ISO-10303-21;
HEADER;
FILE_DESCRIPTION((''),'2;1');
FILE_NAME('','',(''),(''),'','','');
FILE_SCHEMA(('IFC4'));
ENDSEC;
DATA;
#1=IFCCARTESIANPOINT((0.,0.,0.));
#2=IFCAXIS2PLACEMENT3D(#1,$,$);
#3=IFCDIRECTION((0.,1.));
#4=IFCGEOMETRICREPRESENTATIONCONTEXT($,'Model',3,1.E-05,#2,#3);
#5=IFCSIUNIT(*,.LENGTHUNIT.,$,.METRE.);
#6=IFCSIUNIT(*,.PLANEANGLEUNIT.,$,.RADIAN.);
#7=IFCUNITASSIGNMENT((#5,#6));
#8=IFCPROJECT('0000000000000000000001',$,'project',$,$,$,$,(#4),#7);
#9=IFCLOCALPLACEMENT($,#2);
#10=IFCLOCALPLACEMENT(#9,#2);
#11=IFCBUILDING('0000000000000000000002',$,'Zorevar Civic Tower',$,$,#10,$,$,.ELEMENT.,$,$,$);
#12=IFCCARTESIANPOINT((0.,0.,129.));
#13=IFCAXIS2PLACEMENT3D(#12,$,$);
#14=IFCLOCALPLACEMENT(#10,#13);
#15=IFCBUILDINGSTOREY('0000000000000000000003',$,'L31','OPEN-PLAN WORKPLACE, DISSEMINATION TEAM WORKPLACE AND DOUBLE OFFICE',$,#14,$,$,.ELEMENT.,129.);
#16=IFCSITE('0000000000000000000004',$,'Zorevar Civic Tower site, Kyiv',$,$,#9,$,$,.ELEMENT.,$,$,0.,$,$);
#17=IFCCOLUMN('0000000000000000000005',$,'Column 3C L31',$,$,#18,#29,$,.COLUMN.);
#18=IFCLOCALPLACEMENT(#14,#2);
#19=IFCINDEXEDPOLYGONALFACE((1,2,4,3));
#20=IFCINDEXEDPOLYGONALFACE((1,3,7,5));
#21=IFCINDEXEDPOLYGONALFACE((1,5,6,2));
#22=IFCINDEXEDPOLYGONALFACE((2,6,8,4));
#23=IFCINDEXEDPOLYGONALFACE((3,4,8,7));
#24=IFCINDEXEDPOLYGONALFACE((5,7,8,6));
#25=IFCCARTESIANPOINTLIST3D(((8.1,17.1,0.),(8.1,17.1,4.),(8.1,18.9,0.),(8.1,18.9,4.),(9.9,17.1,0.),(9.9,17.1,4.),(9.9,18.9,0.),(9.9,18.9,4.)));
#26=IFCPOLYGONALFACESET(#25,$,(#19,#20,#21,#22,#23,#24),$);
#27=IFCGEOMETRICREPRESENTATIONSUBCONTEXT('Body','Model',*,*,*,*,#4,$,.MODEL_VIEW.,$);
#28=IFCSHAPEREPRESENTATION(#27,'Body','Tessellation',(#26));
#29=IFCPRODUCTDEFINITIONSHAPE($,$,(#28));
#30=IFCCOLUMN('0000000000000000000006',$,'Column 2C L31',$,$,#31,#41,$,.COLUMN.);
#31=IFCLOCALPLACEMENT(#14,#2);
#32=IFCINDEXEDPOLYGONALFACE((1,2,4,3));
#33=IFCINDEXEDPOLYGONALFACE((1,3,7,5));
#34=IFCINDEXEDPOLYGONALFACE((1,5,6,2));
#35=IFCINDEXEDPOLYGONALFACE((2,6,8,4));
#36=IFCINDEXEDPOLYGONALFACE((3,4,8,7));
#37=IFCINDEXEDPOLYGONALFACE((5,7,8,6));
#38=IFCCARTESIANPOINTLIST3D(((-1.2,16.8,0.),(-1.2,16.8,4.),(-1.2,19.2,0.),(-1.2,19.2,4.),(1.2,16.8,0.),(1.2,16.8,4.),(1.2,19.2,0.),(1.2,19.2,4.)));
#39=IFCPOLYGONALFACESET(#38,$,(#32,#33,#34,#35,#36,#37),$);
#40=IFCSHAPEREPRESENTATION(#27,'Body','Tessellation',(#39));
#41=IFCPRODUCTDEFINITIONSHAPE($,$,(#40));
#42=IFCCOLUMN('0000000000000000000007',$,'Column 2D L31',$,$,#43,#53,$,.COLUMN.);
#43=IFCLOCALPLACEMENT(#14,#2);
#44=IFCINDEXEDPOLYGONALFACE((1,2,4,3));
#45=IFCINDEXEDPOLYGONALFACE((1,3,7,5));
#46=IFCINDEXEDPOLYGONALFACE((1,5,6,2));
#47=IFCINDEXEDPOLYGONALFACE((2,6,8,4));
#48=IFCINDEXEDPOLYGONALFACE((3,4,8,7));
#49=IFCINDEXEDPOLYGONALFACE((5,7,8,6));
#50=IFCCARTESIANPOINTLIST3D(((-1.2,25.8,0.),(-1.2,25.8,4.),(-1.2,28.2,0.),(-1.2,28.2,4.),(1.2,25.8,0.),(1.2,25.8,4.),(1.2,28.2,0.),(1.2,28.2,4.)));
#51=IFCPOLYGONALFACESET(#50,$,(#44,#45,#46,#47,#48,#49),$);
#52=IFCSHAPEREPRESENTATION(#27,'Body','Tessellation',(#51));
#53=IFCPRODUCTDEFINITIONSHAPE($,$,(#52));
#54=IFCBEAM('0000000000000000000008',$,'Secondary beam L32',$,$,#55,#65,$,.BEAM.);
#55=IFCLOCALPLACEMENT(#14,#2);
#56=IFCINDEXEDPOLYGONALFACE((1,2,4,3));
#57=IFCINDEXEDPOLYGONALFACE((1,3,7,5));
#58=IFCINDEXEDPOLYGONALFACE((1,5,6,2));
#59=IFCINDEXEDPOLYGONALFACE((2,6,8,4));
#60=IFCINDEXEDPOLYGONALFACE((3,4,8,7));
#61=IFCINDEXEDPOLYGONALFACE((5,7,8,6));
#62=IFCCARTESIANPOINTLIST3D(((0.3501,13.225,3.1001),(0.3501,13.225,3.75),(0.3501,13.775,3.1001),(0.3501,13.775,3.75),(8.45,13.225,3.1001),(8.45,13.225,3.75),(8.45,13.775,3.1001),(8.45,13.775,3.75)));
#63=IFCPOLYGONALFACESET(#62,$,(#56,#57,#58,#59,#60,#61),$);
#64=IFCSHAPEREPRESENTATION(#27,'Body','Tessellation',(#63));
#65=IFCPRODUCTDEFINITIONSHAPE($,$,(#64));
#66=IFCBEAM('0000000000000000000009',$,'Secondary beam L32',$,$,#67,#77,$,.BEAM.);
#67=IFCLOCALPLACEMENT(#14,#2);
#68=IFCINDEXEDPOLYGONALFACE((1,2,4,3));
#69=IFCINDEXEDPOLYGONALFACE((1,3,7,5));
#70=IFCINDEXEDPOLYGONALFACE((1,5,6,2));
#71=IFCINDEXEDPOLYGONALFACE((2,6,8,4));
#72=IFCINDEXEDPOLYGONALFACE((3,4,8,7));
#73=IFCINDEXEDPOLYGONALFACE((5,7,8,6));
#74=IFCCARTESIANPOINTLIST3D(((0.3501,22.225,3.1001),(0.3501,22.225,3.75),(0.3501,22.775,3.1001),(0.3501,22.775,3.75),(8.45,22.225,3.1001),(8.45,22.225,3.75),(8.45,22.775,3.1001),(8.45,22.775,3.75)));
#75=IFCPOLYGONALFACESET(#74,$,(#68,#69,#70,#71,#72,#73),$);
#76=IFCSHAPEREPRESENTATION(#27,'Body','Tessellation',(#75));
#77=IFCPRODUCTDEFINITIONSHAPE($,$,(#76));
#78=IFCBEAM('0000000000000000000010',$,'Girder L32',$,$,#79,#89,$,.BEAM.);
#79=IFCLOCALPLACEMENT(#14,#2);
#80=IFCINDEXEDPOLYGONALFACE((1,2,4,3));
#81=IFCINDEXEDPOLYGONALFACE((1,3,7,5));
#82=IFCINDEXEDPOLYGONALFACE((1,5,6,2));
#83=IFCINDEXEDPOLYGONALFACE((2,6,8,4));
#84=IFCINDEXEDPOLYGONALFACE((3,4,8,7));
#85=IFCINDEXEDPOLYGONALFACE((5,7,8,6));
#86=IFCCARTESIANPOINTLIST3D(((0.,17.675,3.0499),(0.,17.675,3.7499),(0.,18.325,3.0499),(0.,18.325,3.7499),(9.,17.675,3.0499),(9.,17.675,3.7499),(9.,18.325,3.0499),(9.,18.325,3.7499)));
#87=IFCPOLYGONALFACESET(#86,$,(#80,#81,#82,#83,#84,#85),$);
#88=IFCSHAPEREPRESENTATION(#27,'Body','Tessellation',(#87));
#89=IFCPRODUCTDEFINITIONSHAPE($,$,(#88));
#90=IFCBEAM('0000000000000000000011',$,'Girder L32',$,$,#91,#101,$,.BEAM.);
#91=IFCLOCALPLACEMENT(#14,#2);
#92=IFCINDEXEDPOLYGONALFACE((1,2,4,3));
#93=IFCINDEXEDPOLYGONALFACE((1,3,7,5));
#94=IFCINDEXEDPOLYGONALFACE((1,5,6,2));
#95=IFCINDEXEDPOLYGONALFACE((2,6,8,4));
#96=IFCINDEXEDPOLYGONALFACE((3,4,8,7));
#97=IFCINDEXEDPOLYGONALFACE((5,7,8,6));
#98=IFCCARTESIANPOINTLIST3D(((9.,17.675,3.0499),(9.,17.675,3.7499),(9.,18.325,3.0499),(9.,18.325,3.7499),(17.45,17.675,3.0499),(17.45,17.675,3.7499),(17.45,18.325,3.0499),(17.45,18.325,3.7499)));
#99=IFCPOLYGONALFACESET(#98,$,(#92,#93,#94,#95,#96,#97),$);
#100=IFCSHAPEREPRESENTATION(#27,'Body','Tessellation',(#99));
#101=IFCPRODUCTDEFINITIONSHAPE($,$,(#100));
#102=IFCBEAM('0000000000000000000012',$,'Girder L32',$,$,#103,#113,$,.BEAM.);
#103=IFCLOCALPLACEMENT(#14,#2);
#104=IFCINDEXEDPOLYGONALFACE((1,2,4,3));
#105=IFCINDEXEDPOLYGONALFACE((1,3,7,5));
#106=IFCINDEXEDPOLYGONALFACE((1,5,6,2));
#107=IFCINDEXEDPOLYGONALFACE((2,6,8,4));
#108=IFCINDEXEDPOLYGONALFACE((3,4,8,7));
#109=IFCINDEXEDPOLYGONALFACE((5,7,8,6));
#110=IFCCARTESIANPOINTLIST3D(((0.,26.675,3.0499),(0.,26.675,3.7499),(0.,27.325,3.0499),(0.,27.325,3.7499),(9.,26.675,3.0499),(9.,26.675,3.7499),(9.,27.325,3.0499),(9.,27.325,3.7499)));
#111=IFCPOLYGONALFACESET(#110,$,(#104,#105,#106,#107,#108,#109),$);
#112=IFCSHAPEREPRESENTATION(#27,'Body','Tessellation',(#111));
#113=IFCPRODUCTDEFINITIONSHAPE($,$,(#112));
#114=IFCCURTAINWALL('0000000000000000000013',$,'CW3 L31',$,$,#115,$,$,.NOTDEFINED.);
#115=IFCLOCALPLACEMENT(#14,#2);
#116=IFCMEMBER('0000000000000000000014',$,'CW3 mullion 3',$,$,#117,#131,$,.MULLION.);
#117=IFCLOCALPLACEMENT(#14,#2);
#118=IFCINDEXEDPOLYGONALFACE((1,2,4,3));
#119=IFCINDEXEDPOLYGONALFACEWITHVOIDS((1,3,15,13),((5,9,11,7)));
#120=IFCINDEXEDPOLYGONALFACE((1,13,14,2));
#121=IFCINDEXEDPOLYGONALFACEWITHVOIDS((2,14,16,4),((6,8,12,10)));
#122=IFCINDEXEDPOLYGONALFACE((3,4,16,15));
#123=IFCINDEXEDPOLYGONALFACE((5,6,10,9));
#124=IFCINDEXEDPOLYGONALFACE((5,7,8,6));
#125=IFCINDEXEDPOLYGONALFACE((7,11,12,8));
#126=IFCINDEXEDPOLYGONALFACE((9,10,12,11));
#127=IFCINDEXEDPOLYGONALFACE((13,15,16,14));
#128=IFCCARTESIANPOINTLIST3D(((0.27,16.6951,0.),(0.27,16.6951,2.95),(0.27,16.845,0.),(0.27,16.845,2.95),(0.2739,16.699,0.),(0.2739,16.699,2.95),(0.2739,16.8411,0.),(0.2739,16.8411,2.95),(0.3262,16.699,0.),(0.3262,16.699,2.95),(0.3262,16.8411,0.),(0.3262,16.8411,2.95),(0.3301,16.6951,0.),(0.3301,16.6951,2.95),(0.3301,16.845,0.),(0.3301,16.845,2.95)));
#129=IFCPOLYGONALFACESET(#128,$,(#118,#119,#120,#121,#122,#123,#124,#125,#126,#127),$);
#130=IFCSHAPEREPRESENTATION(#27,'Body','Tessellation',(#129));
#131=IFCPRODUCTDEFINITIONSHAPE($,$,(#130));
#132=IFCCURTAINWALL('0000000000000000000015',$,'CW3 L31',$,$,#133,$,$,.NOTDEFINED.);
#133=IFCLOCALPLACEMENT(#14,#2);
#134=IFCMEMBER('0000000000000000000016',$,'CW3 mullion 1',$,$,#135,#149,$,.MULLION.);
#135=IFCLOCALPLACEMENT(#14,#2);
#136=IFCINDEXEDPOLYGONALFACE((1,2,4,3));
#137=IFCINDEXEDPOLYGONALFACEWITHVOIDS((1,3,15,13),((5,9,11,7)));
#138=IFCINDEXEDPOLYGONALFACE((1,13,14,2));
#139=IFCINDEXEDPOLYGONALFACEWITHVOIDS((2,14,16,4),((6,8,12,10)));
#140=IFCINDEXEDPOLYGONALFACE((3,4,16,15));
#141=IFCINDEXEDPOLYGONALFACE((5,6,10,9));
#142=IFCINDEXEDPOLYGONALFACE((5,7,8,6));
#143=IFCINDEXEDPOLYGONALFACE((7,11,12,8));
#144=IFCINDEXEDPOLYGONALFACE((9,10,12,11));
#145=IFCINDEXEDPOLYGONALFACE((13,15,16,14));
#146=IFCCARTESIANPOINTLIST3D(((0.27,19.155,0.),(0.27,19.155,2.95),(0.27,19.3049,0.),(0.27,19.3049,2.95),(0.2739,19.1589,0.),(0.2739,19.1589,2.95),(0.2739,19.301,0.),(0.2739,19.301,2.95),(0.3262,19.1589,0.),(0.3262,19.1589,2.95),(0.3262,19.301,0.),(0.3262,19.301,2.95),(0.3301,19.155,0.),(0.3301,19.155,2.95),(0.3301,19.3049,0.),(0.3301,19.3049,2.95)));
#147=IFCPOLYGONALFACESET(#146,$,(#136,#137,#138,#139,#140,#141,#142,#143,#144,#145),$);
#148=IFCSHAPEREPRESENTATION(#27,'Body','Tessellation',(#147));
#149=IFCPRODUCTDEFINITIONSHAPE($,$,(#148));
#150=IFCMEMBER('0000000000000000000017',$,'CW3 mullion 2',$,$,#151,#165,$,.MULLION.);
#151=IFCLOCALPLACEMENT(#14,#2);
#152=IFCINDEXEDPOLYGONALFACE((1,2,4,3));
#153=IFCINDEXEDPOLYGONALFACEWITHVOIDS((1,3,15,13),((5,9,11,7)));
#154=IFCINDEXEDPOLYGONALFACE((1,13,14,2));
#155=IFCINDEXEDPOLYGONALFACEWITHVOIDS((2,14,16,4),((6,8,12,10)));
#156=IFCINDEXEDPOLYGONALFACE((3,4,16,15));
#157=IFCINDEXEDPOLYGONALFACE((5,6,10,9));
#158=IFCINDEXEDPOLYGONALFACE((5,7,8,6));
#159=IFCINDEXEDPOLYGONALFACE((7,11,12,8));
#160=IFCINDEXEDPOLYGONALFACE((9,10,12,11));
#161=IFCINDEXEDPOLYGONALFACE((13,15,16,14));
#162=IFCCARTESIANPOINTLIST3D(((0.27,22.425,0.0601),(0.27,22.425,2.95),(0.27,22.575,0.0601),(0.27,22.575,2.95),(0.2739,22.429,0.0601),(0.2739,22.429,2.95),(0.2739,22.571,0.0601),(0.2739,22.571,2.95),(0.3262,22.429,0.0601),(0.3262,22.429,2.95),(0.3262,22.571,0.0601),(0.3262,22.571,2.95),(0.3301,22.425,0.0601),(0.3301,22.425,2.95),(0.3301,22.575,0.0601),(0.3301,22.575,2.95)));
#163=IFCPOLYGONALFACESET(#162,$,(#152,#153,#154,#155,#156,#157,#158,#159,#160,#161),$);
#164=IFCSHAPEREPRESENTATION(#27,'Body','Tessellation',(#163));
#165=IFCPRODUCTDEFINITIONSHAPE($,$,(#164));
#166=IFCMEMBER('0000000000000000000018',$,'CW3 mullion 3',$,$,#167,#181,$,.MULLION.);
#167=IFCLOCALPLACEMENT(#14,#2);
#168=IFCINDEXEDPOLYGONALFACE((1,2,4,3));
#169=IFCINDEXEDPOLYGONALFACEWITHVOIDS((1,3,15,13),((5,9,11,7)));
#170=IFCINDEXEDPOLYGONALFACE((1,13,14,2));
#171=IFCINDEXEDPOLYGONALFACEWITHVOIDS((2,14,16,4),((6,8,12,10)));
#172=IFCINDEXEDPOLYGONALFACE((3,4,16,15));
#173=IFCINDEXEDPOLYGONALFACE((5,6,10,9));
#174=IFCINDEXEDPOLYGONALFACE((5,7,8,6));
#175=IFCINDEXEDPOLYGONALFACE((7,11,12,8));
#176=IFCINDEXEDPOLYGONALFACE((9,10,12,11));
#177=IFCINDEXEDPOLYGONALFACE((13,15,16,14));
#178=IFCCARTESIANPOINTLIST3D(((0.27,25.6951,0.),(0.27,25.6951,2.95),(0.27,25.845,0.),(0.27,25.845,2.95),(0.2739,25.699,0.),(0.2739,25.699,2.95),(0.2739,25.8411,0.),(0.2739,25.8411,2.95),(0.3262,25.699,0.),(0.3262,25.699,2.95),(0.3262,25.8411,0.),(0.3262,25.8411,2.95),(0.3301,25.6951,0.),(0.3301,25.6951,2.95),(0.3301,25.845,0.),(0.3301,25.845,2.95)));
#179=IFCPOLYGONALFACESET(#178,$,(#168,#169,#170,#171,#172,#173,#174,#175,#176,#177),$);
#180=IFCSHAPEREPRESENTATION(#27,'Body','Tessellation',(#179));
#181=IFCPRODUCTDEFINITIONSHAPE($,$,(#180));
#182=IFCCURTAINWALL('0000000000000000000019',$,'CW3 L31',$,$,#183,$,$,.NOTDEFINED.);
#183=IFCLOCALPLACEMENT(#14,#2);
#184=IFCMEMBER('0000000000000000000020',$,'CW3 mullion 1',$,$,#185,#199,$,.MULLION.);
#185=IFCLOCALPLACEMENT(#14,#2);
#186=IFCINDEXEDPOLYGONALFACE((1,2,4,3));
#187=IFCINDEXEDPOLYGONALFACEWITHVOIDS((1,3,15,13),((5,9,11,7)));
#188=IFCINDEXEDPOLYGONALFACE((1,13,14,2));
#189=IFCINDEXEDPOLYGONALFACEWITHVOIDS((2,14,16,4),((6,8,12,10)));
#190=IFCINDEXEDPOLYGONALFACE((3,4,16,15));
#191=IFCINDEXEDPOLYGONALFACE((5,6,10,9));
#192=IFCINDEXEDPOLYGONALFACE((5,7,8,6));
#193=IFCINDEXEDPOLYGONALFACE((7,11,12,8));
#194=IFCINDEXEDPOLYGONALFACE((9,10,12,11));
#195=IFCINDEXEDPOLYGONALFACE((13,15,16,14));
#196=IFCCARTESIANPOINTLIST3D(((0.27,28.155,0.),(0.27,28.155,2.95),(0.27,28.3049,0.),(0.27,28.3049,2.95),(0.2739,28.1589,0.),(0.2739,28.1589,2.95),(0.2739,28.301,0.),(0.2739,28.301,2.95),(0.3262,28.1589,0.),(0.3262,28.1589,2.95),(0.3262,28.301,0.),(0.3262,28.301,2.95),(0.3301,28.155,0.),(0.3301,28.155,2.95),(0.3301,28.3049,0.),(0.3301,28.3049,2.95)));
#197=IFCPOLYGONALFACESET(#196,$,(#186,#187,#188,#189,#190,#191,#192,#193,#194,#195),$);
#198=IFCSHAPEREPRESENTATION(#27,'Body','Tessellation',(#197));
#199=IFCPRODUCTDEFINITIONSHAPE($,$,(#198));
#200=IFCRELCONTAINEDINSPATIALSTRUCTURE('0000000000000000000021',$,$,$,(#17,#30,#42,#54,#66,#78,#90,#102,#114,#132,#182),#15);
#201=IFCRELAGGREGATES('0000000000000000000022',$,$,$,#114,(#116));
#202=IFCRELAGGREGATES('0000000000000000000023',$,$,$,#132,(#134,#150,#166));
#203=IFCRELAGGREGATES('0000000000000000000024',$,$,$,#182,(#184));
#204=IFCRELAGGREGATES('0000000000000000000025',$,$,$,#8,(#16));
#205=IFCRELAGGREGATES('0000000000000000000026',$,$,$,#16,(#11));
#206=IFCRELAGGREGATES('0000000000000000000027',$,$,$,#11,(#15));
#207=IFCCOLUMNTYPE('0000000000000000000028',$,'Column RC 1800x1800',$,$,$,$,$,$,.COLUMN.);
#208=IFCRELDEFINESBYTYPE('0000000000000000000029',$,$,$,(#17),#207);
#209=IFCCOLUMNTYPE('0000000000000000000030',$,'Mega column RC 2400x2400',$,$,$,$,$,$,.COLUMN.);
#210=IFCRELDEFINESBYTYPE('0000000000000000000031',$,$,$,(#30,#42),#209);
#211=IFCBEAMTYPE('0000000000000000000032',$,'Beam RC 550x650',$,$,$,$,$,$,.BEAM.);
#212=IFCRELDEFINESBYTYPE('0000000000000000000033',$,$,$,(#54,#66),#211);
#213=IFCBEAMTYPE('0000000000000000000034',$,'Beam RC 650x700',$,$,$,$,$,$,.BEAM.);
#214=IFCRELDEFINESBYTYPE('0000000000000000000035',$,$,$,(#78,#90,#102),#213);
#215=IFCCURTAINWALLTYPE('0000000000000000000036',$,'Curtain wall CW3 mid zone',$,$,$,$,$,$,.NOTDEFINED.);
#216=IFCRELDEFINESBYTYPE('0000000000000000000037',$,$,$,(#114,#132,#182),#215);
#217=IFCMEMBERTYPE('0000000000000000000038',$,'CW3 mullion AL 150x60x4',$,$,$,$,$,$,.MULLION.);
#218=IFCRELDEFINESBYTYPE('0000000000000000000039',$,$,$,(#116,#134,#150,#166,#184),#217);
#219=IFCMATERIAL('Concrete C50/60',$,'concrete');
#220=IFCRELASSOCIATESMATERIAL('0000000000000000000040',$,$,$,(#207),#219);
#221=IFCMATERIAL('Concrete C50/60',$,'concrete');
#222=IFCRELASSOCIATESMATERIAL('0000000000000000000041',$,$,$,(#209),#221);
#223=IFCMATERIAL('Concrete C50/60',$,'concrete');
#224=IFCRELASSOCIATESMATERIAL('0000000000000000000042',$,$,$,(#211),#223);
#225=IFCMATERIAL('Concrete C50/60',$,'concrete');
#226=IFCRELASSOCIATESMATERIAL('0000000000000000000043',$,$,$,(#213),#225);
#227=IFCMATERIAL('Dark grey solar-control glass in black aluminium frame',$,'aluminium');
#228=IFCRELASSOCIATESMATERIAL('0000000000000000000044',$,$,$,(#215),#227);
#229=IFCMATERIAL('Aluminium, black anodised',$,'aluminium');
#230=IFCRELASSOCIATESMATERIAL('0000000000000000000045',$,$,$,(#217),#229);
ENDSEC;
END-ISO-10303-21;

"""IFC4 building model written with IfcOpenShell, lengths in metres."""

from ifc_helpers import new_model, si_unit, direction, frame, origin, origin_2d, place, context, subcontext, project, spatial, rectangle, hollow_rectangle, extrude, material, material_profile, profile_set, type_object, element, aggregate, save


model = new_model("IFC4")

# Units and contexts
model_context = context("Model", 3, precision=1e-05, world=origin(), true_north=direction((0.0, 1.0)))
body_context = subcontext(model_context, "Body", "Model", "MODEL_VIEW")
ifc_project = project(units=[si_unit("LENGTHUNIT", "METRE"), si_unit("PLANEANGLEUNIT", "RADIAN")], contexts=[model_context])

# Site, building, storey
site_placement = place(None, origin())
site = spatial("IfcSite", under=ifc_project, at=site_placement, Name="Zorevar Civic Tower site, Kyiv", CompositionType="ELEMENT", RefElevation=0.0)
building_placement = place(site_placement, origin())
building = spatial("IfcBuilding", under=site, at=building_placement, Name="Zorevar Civic Tower", CompositionType="ELEMENT")
storey_placement = place(building_placement, frame((0.0, 0.0, 129.0)))
storey = spatial("IfcBuildingStorey", under=building, at=storey_placement, Name="L31", Description="OPEN-PLAN WORKPLACE, DISSEMINATION TEAM WORKPLACE AND DOUBLE OFFICE", CompositionType="ELEMENT", Elevation=129.0)

# Columns
ifc_material_1 = material(Name="Concrete C50/60", Category="concrete")
ifc_material_profile_1 = material_profile(ifc_material_1, rectangle(XDim=1.8, YDim=1.8, at=origin_2d()), Name="RC 1800x1800")
ifc_profile_set_1 = profile_set([ifc_material_profile_1], Name="Concrete C50/60")
column_type_1 = type_object("IfcColumnType", Name="Column RC 1800x1800", PredefinedType="COLUMN", material=ifc_profile_set_1)
column_placement = place(storey_placement, frame((9.0, 18.0, 0.0), z_axis=(0.0, 0.0, 1.0), x_axis=(1.0, 0.0, 0.0)))
element("IfcColumn", 1, at=column_placement, inside=storey, type_object=column_type_1, Name="Column 3C L31", PredefinedType="COLUMN", context=body_context, shape_type="SweptSolid", body=[
    extrude(rectangle(XDim=1.8, YDim=1.8, at=origin_2d()), origin(), (0.0, 0.0, 1.0), 4.0),
])
ifc_material_2 = material(Name="Concrete C50/60", Category="concrete")
ifc_material_profile_2 = material_profile(ifc_material_2, rectangle(XDim=2.3999, YDim=2.3999, at=origin_2d()), Name="RC 2400x2400")
ifc_profile_set_2 = profile_set([ifc_material_profile_2], Name="Concrete C50/60")
column_type_2 = type_object("IfcColumnType", Name="Mega column RC 2400x2400", PredefinedType="COLUMN", material=ifc_profile_set_2)
for number, where, z_axis, x_axis, name in (
    (2, (0.0, 18.0, 0.0), (0.0, 0.0, 1.0), (1.0, 0.0, 0.0), "Column 2C L31"),
    (3, (0.0, 27.0, 0.0), (0.0, 0.0, 1.0), (1.0, 0.0, 0.0), "Column 2D L31"),
):
    element("IfcColumn", number, at=place(storey_placement, frame(where, z_axis=z_axis, x_axis=x_axis)), inside=storey, type_object=column_type_2, Name=name, PredefinedType="COLUMN", context=body_context, shape_type="SweptSolid", body=[
        extrude(rectangle(XDim=2.3999, YDim=2.3999, at=origin_2d()), origin(), (0.0, 0.0, 1.0), 4.0),
    ])

# Beams
ifc_material_3 = material(Name="Concrete C50/60", Category="concrete")
ifc_material_profile_3 = material_profile(ifc_material_3, rectangle(XDim=0.55, YDim=0.6499, at=origin_2d()), Name="RC 550x650")
ifc_profile_set_3 = profile_set([ifc_material_profile_3], Name="Concrete C50/60")
beam_type_1 = type_object("IfcBeamType", Name="Beam RC 550x650", PredefinedType="BEAM", material=ifc_profile_set_3)
for number, where, z_axis, x_axis, name in (
    (4, (0.3501, 13.5, 3.425), (1.0, 0.0, 0.0), (0.0, 1.0, 0.0), "Secondary beam L32"),
    (5, (0.3501, 22.5, 3.425), (1.0, 0.0, 0.0), (0.0, 1.0, 0.0), "Secondary beam L32"),
):
    element("IfcBeam", number, at=place(storey_placement, frame(where, z_axis=z_axis, x_axis=x_axis)), inside=storey, type_object=beam_type_1, Name=name, PredefinedType="BEAM", context=body_context, shape_type="SweptSolid", body=[
        extrude(rectangle(XDim=0.55, YDim=0.6499, at=origin_2d()), origin(), (0.0, 0.0, 1.0), 8.0999),
    ])
ifc_material_4 = material(Name="Concrete C50/60", Category="concrete")
ifc_material_profile_4 = material_profile(ifc_material_4, rectangle(XDim=0.6499, YDim=0.7, at=origin_2d()), Name="RC 650x700")
ifc_profile_set_4 = profile_set([ifc_material_profile_4], Name="Concrete C50/60")
beam_type_2 = type_object("IfcBeamType", Name="Beam RC 650x700", PredefinedType="BEAM", material=ifc_profile_set_4)
beam_1_placement = place(storey_placement, frame((0.0, 18.0, 3.3999), z_axis=(1.0, 0.0, 0.0), x_axis=(0.0, 1.0, 0.0)))
element("IfcBeam", 6, at=beam_1_placement, inside=storey, type_object=beam_type_2, Name="Girder L32", PredefinedType="BEAM", context=body_context, shape_type="SweptSolid", body=[
    extrude(rectangle(XDim=0.6499, YDim=0.7, at=origin_2d()), origin(), (0.0, 0.0, 1.0), 9.0),
])
beam_2_placement = place(storey_placement, frame((9.0, 18.0, 3.3999), z_axis=(1.0, 0.0, 0.0), x_axis=(0.0, 1.0, 0.0)))
element("IfcBeam", 7, at=beam_2_placement, inside=storey, type_object=beam_type_2, Name="Girder L32", PredefinedType="BEAM", context=body_context, shape_type="SweptSolid", body=[
    extrude(rectangle(XDim=0.6499, YDim=0.7, at=origin_2d()), origin(), (0.0, 0.0, 1.0), 8.45),
])
beam_3_placement = place(storey_placement, frame((0.0, 27.0, 3.3999), z_axis=(1.0, 0.0, 0.0), x_axis=(0.0, 1.0, 0.0)))
element("IfcBeam", 8, at=beam_3_placement, inside=storey, type_object=beam_type_2, Name="Girder L32", PredefinedType="BEAM", context=body_context, shape_type="SweptSolid", body=[
    extrude(rectangle(XDim=0.6499, YDim=0.7, at=origin_2d()), origin(), (0.0, 0.0, 1.0), 9.0),
])

# Curtain wall, member
ifc_material_5 = material(Name="Dark grey solar-control glass in black aluminium frame", Category="aluminium")
curtain_wall_type = type_object("IfcCurtainWallType", Name="Curtain wall CW3 mid zone", PredefinedType="NOTDEFINED", material=ifc_material_5)
curtain_wall_1_placement = place(storey_placement, origin())
curtain_wall_1 = element("IfcCurtainWall", 9, at=curtain_wall_1_placement, inside=storey, type_object=curtain_wall_type, Name="CW3 L31", PredefinedType="NOTDEFINED")
ifc_material_6 = material(Name="Aluminium, black anodised", Category="aluminium")
ifc_material_profile_5 = material_profile(ifc_material_6, hollow_rectangle(XDim=0.0601, YDim=0.1499, WallThickness=0.0039, at=origin_2d()), Name="AL 150x60x4")
ifc_profile_set_5 = profile_set([ifc_material_profile_5], Name="Aluminium, black anodised")
member_type_1 = type_object("IfcMemberType", Name="CW3 mullion AL 150x60x4", PredefinedType="MULLION", material=ifc_profile_set_5)
member_1_placement = place(storey_placement, frame((0.3, 16.77, 0.0), z_axis=(0.0, 0.0, 1.0), x_axis=(-1.0, 0.0, 0.0)))
member_1 = element("IfcMember", 10, at=member_1_placement, type_object=member_type_1, Name="CW3 mullion 3", PredefinedType="MULLION", context=body_context, shape_type="SweptSolid", body=[
    extrude(hollow_rectangle(XDim=0.0601, YDim=0.1499, WallThickness=0.0039, at=origin_2d()), origin(), (0.0, 0.0, 1.0), 2.95),
])

# Curtain wall, members
curtain_wall_2_placement = place(storey_placement, origin())
curtain_wall_2 = element("IfcCurtainWall", 11, at=curtain_wall_2_placement, inside=storey, type_object=curtain_wall_type, Name="CW3 L31", PredefinedType="NOTDEFINED")
member_2_placement = place(storey_placement, frame((0.3, 19.23, 0.0), z_axis=(0.0, 0.0, 1.0), x_axis=(-1.0, 0.0, 0.0)))
member_2 = element("IfcMember", 12, at=member_2_placement, type_object=member_type_1, Name="CW3 mullion 1", PredefinedType="MULLION", context=body_context, shape_type="SweptSolid", body=[
    extrude(hollow_rectangle(XDim=0.0601, YDim=0.1499, WallThickness=0.0039, at=origin_2d()), origin(), (0.0, 0.0, 1.0), 2.95),
])
member_3_placement = place(storey_placement, frame((0.3, 22.5, 0.0601), z_axis=(0.0, 0.0, 1.0), x_axis=(-1.0, 0.0, 0.0)))
member_3 = element("IfcMember", 13, at=member_3_placement, type_object=member_type_1, Name="CW3 mullion 2", PredefinedType="MULLION", context=body_context, shape_type="SweptSolid", body=[
    extrude(hollow_rectangle(XDim=0.0601, YDim=0.1499, WallThickness=0.0039, at=origin_2d()), origin(), (0.0, 0.0, 1.0), 2.8899),
])
member_4_placement = place(storey_placement, frame((0.3, 25.77, 0.0), z_axis=(0.0, 0.0, 1.0), x_axis=(-1.0, 0.0, 0.0)))
member_4 = element("IfcMember", 14, at=member_4_placement, type_object=member_type_1, Name="CW3 mullion 3", PredefinedType="MULLION", context=body_context, shape_type="SweptSolid", body=[
    extrude(hollow_rectangle(XDim=0.0601, YDim=0.1499, WallThickness=0.0039, at=origin_2d()), origin(), (0.0, 0.0, 1.0), 2.95),
])

# Curtain wall, member
curtain_wall_3_placement = place(storey_placement, origin())
curtain_wall_3 = element("IfcCurtainWall", 15, at=curtain_wall_3_placement, inside=storey, type_object=curtain_wall_type, Name="CW3 L31", PredefinedType="NOTDEFINED")
member_5_placement = place(storey_placement, frame((0.3, 28.23, 0.0), z_axis=(0.0, 0.0, 1.0), x_axis=(-1.0, 0.0, 0.0)))
member_5 = element("IfcMember", 16, at=member_5_placement, type_object=member_type_1, Name="CW3 mullion 1", PredefinedType="MULLION", context=body_context, shape_type="SweptSolid", body=[
    extrude(hollow_rectangle(XDim=0.0601, YDim=0.1499, WallThickness=0.0039, at=origin_2d()), origin(), (0.0, 0.0, 1.0), 2.95),
])

aggregate(curtain_wall_1, [member_1])
aggregate(curtain_wall_2, [member_2, member_3, member_4])
aggregate(curtain_wall_3, [member_5])

save(model, "model.ifc")
